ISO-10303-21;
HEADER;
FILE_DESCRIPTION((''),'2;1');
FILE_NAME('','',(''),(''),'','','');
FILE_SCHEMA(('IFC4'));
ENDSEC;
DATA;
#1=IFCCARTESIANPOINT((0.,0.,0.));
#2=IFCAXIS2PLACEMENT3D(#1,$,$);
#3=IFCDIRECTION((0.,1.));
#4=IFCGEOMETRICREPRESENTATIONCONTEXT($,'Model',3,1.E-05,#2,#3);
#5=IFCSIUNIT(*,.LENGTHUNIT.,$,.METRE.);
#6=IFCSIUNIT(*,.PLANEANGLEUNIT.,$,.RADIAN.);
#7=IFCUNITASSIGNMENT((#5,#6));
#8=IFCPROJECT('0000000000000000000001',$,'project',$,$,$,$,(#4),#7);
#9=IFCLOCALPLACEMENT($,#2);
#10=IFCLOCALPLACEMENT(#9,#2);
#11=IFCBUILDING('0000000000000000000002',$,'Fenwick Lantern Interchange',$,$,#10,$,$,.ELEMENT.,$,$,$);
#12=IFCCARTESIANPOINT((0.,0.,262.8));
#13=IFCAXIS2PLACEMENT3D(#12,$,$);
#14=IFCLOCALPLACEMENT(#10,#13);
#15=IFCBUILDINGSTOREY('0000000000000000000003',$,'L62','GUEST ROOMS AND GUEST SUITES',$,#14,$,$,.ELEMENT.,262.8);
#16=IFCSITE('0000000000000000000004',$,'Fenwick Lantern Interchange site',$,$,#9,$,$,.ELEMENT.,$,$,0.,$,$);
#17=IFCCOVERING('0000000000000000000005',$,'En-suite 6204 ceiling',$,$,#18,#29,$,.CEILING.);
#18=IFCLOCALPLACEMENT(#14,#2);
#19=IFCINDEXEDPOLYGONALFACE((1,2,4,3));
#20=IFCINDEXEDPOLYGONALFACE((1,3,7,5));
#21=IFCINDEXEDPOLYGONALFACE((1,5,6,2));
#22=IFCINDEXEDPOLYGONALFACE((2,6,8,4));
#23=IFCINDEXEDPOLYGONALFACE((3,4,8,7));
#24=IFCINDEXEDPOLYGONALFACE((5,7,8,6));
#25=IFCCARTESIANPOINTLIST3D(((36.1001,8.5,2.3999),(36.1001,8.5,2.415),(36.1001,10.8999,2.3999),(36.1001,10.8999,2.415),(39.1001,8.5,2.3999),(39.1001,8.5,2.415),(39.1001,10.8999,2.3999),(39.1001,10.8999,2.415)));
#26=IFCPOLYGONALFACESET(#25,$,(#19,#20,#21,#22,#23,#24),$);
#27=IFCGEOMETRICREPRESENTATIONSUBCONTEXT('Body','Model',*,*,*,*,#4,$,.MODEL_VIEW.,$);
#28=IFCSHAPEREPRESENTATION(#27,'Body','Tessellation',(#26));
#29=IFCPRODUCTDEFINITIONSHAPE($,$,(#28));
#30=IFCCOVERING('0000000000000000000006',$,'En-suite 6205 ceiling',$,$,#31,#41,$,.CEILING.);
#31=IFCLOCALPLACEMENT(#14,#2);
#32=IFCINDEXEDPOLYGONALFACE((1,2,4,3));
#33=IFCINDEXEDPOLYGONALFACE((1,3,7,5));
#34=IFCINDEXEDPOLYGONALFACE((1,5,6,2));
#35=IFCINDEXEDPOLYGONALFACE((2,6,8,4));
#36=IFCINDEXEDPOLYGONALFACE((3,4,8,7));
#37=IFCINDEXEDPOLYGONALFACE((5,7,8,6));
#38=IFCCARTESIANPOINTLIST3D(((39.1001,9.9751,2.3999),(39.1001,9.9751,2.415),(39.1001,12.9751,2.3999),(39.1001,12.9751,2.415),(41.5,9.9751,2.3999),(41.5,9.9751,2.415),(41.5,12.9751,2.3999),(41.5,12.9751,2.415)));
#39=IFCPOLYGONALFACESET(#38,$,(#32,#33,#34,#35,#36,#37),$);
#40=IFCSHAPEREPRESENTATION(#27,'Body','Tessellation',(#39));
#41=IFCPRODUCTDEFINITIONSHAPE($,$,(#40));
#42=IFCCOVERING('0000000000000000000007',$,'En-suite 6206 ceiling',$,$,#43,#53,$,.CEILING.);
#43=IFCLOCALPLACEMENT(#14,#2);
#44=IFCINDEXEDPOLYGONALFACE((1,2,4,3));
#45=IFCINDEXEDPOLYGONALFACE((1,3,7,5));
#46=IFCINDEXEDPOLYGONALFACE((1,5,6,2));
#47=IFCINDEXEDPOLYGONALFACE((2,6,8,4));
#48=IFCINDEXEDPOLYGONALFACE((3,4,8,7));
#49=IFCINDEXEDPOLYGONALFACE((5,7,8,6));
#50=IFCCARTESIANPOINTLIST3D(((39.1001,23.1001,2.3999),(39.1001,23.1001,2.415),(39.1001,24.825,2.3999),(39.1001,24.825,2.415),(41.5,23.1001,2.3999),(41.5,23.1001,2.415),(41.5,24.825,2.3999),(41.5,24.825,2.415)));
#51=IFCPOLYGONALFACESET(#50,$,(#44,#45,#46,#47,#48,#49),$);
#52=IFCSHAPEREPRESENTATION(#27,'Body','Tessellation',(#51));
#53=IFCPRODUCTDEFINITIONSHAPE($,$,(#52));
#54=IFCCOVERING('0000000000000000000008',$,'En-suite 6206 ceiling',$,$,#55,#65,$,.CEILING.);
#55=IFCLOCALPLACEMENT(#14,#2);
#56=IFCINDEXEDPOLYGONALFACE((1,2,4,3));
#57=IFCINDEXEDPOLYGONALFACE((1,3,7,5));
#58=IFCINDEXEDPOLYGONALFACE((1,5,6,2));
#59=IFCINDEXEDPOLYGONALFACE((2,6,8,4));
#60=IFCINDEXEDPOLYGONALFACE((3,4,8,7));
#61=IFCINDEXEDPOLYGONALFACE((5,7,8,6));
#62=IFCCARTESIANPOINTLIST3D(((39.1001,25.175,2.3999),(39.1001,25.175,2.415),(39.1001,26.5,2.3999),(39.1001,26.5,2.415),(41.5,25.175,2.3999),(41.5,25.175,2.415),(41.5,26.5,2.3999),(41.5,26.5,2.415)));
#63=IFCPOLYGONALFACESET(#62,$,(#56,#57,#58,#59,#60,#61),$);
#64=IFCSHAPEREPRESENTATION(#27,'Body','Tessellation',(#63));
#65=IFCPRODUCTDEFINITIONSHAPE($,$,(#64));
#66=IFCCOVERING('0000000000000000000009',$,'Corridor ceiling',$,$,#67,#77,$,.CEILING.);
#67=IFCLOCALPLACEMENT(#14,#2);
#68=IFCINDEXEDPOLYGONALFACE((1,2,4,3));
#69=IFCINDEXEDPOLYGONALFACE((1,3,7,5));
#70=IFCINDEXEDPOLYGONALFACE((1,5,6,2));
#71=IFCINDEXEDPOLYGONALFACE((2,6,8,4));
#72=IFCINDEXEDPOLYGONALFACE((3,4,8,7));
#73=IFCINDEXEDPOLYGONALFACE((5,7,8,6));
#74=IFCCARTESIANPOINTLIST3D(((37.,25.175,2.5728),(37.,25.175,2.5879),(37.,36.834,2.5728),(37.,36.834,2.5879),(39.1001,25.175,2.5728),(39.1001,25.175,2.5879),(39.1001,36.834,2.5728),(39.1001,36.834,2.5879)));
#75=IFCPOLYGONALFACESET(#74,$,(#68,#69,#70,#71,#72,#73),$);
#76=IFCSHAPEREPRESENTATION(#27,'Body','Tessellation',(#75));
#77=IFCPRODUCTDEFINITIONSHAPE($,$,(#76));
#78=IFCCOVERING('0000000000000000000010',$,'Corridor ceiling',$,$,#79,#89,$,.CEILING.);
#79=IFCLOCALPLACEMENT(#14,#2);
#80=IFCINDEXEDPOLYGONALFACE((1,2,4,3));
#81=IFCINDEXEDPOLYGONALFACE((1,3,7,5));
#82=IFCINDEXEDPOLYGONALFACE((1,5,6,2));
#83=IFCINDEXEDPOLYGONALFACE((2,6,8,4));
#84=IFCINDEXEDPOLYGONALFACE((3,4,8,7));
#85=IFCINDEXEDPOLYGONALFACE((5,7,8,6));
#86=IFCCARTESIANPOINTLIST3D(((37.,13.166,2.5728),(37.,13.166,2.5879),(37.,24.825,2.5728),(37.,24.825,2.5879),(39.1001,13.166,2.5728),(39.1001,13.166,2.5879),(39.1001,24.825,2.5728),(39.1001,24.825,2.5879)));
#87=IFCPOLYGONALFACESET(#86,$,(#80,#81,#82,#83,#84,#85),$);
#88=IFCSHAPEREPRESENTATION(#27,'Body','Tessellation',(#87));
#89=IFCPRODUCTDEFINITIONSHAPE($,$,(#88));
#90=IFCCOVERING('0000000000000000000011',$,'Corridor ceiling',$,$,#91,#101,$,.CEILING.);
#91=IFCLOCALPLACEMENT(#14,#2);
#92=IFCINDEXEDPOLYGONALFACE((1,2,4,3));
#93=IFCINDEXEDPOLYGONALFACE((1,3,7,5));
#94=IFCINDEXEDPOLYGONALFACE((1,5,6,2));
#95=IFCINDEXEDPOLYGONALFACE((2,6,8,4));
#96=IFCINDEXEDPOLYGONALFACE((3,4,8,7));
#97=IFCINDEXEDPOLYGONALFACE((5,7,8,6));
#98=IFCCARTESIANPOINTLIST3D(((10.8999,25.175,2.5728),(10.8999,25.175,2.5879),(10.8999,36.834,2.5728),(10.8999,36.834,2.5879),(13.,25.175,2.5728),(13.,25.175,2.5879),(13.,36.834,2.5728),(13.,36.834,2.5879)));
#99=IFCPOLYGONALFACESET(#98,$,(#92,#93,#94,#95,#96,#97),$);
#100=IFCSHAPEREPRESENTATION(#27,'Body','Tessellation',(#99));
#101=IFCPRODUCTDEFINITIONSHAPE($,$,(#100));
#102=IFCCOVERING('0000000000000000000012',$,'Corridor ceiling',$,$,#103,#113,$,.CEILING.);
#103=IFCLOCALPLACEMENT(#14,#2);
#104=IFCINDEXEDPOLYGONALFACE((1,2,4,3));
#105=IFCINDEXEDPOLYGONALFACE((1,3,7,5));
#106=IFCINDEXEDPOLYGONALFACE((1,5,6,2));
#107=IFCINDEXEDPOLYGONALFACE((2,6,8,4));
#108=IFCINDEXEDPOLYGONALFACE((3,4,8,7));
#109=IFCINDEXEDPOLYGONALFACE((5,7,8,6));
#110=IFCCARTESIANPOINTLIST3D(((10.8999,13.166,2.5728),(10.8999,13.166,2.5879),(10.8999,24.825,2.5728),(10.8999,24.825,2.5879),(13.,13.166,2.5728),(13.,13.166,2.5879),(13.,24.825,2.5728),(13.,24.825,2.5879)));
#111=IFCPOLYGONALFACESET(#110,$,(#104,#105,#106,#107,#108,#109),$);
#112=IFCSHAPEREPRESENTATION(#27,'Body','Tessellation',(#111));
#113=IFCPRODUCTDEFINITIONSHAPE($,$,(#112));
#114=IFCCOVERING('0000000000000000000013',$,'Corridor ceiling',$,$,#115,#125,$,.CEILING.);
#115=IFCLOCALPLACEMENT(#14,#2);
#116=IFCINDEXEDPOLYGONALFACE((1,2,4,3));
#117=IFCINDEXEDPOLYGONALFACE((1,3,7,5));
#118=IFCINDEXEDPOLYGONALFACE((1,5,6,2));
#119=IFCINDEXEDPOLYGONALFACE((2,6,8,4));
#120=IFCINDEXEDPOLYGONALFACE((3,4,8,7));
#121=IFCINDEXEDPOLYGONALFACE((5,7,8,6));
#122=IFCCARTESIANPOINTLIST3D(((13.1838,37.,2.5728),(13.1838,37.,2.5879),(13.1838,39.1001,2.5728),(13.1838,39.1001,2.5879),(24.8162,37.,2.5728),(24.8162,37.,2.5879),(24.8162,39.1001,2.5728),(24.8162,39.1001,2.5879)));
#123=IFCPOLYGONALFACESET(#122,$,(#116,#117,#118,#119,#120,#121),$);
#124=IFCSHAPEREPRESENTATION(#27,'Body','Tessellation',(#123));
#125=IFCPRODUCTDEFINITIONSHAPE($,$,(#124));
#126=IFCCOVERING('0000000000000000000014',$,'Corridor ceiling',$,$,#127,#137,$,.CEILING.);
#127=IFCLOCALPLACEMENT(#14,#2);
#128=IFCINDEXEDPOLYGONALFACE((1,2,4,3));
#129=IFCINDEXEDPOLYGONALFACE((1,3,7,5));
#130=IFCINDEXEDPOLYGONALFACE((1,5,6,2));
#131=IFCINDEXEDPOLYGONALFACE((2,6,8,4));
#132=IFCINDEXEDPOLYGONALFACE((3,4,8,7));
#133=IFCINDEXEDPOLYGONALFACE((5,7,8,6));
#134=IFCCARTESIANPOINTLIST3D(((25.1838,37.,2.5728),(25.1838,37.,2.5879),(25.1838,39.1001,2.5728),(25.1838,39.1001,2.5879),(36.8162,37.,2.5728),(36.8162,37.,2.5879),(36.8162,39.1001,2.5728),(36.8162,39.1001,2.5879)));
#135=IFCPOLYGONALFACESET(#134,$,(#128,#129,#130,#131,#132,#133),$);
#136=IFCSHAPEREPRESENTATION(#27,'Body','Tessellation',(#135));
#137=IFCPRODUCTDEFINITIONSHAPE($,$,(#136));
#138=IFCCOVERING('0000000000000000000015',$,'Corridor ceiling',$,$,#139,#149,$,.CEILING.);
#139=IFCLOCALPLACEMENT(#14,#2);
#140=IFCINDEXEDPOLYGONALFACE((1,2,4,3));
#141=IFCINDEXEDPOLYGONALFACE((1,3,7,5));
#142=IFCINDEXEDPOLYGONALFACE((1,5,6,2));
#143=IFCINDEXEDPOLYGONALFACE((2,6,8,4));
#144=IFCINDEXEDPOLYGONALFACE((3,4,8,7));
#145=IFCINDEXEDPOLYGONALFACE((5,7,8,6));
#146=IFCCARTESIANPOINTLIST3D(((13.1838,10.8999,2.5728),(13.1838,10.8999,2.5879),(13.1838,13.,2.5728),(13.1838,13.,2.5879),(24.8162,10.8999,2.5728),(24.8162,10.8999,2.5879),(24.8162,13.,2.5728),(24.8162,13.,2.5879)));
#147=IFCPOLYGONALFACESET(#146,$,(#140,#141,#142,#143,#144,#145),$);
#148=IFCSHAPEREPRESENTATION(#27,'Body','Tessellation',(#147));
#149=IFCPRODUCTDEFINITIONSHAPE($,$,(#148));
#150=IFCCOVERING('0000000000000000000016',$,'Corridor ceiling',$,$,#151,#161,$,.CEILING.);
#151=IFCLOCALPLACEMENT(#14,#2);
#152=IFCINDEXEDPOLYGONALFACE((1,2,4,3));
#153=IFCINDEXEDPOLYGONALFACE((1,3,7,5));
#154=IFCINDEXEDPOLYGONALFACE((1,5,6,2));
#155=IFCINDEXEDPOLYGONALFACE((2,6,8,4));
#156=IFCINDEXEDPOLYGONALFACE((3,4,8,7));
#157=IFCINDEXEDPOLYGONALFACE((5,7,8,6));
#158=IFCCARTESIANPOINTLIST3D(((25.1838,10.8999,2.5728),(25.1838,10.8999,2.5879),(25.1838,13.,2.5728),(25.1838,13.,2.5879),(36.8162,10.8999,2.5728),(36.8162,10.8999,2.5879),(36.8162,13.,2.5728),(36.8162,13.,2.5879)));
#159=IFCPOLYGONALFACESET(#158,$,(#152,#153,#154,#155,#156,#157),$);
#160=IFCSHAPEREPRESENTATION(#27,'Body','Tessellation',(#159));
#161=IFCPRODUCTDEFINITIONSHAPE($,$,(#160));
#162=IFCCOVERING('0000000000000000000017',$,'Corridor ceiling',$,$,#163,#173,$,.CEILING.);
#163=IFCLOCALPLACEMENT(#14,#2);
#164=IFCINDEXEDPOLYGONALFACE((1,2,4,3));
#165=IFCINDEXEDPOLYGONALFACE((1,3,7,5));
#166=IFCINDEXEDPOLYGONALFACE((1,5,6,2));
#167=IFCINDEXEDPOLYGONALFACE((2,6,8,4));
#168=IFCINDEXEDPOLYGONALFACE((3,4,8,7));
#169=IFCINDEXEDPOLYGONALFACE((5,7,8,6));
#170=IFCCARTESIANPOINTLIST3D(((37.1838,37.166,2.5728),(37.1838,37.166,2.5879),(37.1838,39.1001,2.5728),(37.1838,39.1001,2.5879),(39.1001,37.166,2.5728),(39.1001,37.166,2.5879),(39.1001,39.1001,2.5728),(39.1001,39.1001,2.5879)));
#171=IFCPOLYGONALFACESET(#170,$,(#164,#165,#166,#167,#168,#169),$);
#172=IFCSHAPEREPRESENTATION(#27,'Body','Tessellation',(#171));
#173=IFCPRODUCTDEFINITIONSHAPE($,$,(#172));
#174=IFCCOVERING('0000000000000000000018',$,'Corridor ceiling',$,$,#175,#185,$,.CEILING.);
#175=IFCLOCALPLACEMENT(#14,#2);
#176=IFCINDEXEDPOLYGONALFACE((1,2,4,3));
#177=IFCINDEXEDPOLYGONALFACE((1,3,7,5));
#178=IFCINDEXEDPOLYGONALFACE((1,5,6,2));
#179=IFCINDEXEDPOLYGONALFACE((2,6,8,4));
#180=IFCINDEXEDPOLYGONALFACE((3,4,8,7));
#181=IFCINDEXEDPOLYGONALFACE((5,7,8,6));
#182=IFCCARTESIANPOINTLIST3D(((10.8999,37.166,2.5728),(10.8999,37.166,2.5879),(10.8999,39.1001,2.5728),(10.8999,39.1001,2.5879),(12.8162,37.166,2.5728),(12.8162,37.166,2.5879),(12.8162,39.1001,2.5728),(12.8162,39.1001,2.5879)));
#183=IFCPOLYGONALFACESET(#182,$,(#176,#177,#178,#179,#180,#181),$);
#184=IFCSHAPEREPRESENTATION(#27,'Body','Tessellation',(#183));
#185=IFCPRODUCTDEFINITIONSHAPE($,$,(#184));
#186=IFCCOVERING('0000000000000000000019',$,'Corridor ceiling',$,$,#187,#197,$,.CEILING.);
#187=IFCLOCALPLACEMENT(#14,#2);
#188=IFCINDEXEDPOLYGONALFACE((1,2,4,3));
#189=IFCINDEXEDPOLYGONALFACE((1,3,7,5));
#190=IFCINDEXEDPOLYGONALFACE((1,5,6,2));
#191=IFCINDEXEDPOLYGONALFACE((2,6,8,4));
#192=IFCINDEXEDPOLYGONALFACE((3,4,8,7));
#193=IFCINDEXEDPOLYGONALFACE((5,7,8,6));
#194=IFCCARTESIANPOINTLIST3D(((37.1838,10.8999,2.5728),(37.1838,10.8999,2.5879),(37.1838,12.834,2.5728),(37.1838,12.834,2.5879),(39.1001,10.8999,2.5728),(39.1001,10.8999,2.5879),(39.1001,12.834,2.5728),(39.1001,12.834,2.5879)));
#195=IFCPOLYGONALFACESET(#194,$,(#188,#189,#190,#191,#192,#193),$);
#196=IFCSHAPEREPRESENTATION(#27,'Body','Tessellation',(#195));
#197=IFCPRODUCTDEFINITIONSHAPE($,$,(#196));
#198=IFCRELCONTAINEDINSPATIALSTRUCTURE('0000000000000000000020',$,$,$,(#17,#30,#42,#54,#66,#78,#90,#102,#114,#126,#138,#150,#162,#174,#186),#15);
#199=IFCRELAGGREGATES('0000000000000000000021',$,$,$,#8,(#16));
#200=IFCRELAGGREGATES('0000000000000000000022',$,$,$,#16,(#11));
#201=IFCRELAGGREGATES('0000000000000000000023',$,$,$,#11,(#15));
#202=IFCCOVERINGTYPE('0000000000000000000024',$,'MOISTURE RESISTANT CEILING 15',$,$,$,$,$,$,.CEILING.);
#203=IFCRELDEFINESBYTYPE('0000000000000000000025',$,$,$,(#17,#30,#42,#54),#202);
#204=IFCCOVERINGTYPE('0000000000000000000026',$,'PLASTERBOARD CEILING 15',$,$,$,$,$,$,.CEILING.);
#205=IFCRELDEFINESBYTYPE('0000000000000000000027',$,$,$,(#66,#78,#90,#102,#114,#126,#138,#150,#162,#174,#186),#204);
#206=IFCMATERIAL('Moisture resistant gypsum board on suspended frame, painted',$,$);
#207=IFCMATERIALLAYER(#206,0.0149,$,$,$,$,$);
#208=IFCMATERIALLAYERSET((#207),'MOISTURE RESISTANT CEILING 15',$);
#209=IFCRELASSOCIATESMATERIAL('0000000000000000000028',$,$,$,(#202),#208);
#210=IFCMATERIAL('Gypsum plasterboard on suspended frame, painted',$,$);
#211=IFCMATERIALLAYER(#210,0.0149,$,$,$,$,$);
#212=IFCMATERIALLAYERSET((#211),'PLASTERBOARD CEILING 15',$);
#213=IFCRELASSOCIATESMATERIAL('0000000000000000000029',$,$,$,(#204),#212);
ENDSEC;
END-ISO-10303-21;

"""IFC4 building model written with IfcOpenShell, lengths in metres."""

from ifc_helpers import new_model, si_unit, direction, frame, origin, place, context, subcontext, project, spatial, polyline, outline, extrude, material, layer, layer_set, type_object, element, save


model = new_model("IFC4")

# Units and contexts
model_context = context("Model", 3, precision=1e-05, world=origin(), true_north=direction((0.0, 1.0)))
body_context = subcontext(model_context, "Body", "Model", "MODEL_VIEW")
ifc_project = project(units=[si_unit("LENGTHUNIT", "METRE"), si_unit("PLANEANGLEUNIT", "RADIAN")], contexts=[model_context])

# Site, building, storey
site_placement = place(None, origin())
site = spatial("IfcSite", under=ifc_project, at=site_placement, Name="Fenwick Lantern Interchange site", CompositionType="ELEMENT", RefElevation=0.0)
building_placement = place(site_placement, origin())
building = spatial("IfcBuilding", under=site, at=building_placement, Name="Fenwick Lantern Interchange", CompositionType="ELEMENT")
storey_placement = place(building_placement, frame((0.0, 0.0, 262.8)))
storey = spatial("IfcBuildingStorey", under=building, at=storey_placement, Name="L62", Description="GUEST ROOMS AND GUEST SUITES", CompositionType="ELEMENT", Elevation=262.8)

# Coverings
ifc_material_1 = material(Name="Moisture resistant gypsum board on suspended frame, painted")
ifc_layer_1 = layer(ifc_material_1, 0.0149)
ifc_layer_set_1 = layer_set([ifc_layer_1], Name="MOISTURE RESISTANT CEILING 15")
covering_type_1 = type_object("IfcCoveringType", Name="MOISTURE RESISTANT CEILING 15", PredefinedType="CEILING", material=ifc_layer_set_1)
covering_1_placement = place(storey_placement, frame((0.0, 0.0, 2.3999)))
element("IfcCovering", 1, at=covering_1_placement, inside=storey, type_object=covering_type_1, Name="En-suite 6204 ceiling", PredefinedType="CEILING", context=body_context, shape_type="SweptSolid", body=[
    extrude(outline(polyline([(36.1001, 8.5), (39.1001, 8.5), (39.1001, 10.8999), (36.1001, 10.8999), (36.1001, 8.5)])), origin(), (0.0, 0.0, 1.0), 0.0151),
])
covering_2_placement = place(storey_placement, frame((0.0, 0.0, 2.3999)))
element("IfcCovering", 2, at=covering_2_placement, inside=storey, type_object=covering_type_1, Name="En-suite 6205 ceiling", PredefinedType="CEILING", context=body_context, shape_type="SweptSolid", body=[
    extrude(outline(polyline([(41.5, 9.9751), (41.5, 12.9751), (39.1001, 12.9751), (39.1001, 9.9751), (41.5, 9.9751)])), origin(), (0.0, 0.0, 1.0), 0.0151),
])
covering_3_placement = place(storey_placement, frame((0.0, 0.0, 2.3999)))
element("IfcCovering", 3, at=covering_3_placement, inside=storey, type_object=covering_type_1, Name="En-suite 6206 ceiling", PredefinedType="CEILING", context=body_context, shape_type="SweptSolid", body=[
    extrude(outline(polyline([(41.5, 23.1001), (41.5, 24.825), (39.1001, 24.825), (39.1001, 23.1001), (41.5, 23.1001)])), origin(), (0.0, 0.0, 1.0), 0.0151),
])
covering_4_placement = place(storey_placement, frame((0.0, 0.0, 2.3999)))
element("IfcCovering", 4, at=covering_4_placement, inside=storey, type_object=covering_type_1, Name="En-suite 6206 ceiling", PredefinedType="CEILING", context=body_context, shape_type="SweptSolid", body=[
    extrude(outline(polyline([(39.1001, 26.5), (39.1001, 25.175), (41.5, 25.175), (41.5, 26.5), (39.1001, 26.5)])), origin(), (0.0, 0.0, 1.0), 0.0151),
])
ifc_material_2 = material(Name="Gypsum plasterboard on suspended frame, painted")
ifc_layer_2 = layer(ifc_material_2, 0.0149)
ifc_layer_set_2 = layer_set([ifc_layer_2], Name="PLASTERBOARD CEILING 15")
covering_type_2 = type_object("IfcCoveringType", Name="PLASTERBOARD CEILING 15", PredefinedType="CEILING", material=ifc_layer_set_2)
covering_5_placement = place(storey_placement, frame((0.0, 0.0, 2.5728)))
element("IfcCovering", 5, at=covering_5_placement, inside=storey, type_object=covering_type_2, Name="Corridor ceiling", PredefinedType="CEILING", context=body_context, shape_type="SweptSolid", body=[
    extrude(outline(polyline([(39.1001, 25.175), (39.1001, 36.834), (37.0, 36.834), (37.0, 25.175), (39.1001, 25.175)])), origin(), (0.0, 0.0, 1.0), 0.0151),
])
covering_6_placement = place(storey_placement, frame((0.0, 0.0, 2.5728)))
element("IfcCovering", 6, at=covering_6_placement, inside=storey, type_object=covering_type_2, Name="Corridor ceiling", PredefinedType="CEILING", context=body_context, shape_type="SweptSolid", body=[
    extrude(outline(polyline([(39.1001, 13.166), (39.1001, 24.825), (37.0, 24.825), (37.0, 13.166), (39.1001, 13.166)])), origin(), (0.0, 0.0, 1.0), 0.0151),
])
covering_7_placement = place(storey_placement, frame((0.0, 0.0, 2.5728)))
element("IfcCovering", 7, at=covering_7_placement, inside=storey, type_object=covering_type_2, Name="Corridor ceiling", PredefinedType="CEILING", context=body_context, shape_type="SweptSolid", body=[
    extrude(outline(polyline([(10.8999, 36.834), (10.8999, 25.175), (13.0, 25.175), (13.0, 36.834), (10.8999, 36.834)])), origin(), (0.0, 0.0, 1.0), 0.0151),
])
covering_8_placement = place(storey_placement, frame((0.0, 0.0, 2.5728)))
element("IfcCovering", 8, at=covering_8_placement, inside=storey, type_object=covering_type_2, Name="Corridor ceiling", PredefinedType="CEILING", context=body_context, shape_type="SweptSolid", body=[
    extrude(outline(polyline([(10.8999, 24.825), (10.8999, 13.166), (13.0, 13.166), (13.0, 24.825), (10.8999, 24.825)])), origin(), (0.0, 0.0, 1.0), 0.0151),
])
covering_9_placement = place(storey_placement, frame((0.0, 0.0, 2.5728)))
element("IfcCovering", 9, at=covering_9_placement, inside=storey, type_object=covering_type_2, Name="Corridor ceiling", PredefinedType="CEILING", context=body_context, shape_type="SweptSolid", body=[
    extrude(outline(polyline([(24.8162, 39.1001), (13.1838, 39.1001), (13.1838, 37.0), (24.8162, 37.0), (24.8162, 39.1001)])), origin(), (0.0, 0.0, 1.0), 0.0151),
])
covering_10_placement = place(storey_placement, frame((0.0, 0.0, 2.5728)))
element("IfcCovering", 10, at=covering_10_placement, inside=storey, type_object=covering_type_2, Name="Corridor ceiling", PredefinedType="CEILING", context=body_context, shape_type="SweptSolid", body=[
    extrude(outline(polyline([(36.8162, 39.1001), (25.1838, 39.1001), (25.1838, 37.0), (36.8162, 37.0), (36.8162, 39.1001)])), origin(), (0.0, 0.0, 1.0), 0.0151),
])
covering_11_placement = place(storey_placement, frame((0.0, 0.0, 2.5728)))
element("IfcCovering", 11, at=covering_11_placement, inside=storey, type_object=covering_type_2, Name="Corridor ceiling", PredefinedType="CEILING", context=body_context, shape_type="SweptSolid", body=[
    extrude(outline(polyline([(13.1838, 10.8999), (24.8162, 10.8999), (24.8162, 13.0), (13.1838, 13.0), (13.1838, 10.8999)])), origin(), (0.0, 0.0, 1.0), 0.0151),
])
covering_12_placement = place(storey_placement, frame((0.0, 0.0, 2.5728)))
element("IfcCovering", 12, at=covering_12_placement, inside=storey, type_object=covering_type_2, Name="Corridor ceiling", PredefinedType="CEILING", context=body_context, shape_type="SweptSolid", body=[
    extrude(outline(polyline([(25.1838, 10.8999), (36.8162, 10.8999), (36.8162, 13.0), (25.1838, 13.0), (25.1838, 10.8999)])), origin(), (0.0, 0.0, 1.0), 0.0151),
])
covering_13_placement = place(storey_placement, frame((0.0, 0.0, 2.5728)))
element("IfcCovering", 13, at=covering_13_placement, inside=storey, type_object=covering_type_2, Name="Corridor ceiling", PredefinedType="CEILING", context=body_context, shape_type="SweptSolid", body=[
    extrude(outline(polyline([(39.1001, 39.1001), (37.1838, 39.1001), (37.1838, 37.166), (39.1001, 37.166), (39.1001, 39.1001)])), origin(), (0.0, 0.0, 1.0), 0.0151),
])
covering_14_placement = place(storey_placement, frame((0.0, 0.0, 2.5728)))
element("IfcCovering", 14, at=covering_14_placement, inside=storey, type_object=covering_type_2, Name="Corridor ceiling", PredefinedType="CEILING", context=body_context, shape_type="SweptSolid", body=[
    extrude(outline(polyline([(12.8162, 39.1001), (10.8999, 39.1001), (10.8999, 37.166), (12.8162, 37.166), (12.8162, 39.1001)])), origin(), (0.0, 0.0, 1.0), 0.0151),
])
covering_15_placement = place(storey_placement, frame((0.0, 0.0, 2.5728)))
element("IfcCovering", 15, at=covering_15_placement, inside=storey, type_object=covering_type_2, Name="Corridor ceiling", PredefinedType="CEILING", context=body_context, shape_type="SweptSolid", body=[
    extrude(outline(polyline([(39.1001, 10.8999), (39.1001, 12.834), (37.1838, 12.834), (37.1838, 10.8999), (39.1001, 10.8999)])), origin(), (0.0, 0.0, 1.0), 0.0151),
])

save(model, "model.ifc")
